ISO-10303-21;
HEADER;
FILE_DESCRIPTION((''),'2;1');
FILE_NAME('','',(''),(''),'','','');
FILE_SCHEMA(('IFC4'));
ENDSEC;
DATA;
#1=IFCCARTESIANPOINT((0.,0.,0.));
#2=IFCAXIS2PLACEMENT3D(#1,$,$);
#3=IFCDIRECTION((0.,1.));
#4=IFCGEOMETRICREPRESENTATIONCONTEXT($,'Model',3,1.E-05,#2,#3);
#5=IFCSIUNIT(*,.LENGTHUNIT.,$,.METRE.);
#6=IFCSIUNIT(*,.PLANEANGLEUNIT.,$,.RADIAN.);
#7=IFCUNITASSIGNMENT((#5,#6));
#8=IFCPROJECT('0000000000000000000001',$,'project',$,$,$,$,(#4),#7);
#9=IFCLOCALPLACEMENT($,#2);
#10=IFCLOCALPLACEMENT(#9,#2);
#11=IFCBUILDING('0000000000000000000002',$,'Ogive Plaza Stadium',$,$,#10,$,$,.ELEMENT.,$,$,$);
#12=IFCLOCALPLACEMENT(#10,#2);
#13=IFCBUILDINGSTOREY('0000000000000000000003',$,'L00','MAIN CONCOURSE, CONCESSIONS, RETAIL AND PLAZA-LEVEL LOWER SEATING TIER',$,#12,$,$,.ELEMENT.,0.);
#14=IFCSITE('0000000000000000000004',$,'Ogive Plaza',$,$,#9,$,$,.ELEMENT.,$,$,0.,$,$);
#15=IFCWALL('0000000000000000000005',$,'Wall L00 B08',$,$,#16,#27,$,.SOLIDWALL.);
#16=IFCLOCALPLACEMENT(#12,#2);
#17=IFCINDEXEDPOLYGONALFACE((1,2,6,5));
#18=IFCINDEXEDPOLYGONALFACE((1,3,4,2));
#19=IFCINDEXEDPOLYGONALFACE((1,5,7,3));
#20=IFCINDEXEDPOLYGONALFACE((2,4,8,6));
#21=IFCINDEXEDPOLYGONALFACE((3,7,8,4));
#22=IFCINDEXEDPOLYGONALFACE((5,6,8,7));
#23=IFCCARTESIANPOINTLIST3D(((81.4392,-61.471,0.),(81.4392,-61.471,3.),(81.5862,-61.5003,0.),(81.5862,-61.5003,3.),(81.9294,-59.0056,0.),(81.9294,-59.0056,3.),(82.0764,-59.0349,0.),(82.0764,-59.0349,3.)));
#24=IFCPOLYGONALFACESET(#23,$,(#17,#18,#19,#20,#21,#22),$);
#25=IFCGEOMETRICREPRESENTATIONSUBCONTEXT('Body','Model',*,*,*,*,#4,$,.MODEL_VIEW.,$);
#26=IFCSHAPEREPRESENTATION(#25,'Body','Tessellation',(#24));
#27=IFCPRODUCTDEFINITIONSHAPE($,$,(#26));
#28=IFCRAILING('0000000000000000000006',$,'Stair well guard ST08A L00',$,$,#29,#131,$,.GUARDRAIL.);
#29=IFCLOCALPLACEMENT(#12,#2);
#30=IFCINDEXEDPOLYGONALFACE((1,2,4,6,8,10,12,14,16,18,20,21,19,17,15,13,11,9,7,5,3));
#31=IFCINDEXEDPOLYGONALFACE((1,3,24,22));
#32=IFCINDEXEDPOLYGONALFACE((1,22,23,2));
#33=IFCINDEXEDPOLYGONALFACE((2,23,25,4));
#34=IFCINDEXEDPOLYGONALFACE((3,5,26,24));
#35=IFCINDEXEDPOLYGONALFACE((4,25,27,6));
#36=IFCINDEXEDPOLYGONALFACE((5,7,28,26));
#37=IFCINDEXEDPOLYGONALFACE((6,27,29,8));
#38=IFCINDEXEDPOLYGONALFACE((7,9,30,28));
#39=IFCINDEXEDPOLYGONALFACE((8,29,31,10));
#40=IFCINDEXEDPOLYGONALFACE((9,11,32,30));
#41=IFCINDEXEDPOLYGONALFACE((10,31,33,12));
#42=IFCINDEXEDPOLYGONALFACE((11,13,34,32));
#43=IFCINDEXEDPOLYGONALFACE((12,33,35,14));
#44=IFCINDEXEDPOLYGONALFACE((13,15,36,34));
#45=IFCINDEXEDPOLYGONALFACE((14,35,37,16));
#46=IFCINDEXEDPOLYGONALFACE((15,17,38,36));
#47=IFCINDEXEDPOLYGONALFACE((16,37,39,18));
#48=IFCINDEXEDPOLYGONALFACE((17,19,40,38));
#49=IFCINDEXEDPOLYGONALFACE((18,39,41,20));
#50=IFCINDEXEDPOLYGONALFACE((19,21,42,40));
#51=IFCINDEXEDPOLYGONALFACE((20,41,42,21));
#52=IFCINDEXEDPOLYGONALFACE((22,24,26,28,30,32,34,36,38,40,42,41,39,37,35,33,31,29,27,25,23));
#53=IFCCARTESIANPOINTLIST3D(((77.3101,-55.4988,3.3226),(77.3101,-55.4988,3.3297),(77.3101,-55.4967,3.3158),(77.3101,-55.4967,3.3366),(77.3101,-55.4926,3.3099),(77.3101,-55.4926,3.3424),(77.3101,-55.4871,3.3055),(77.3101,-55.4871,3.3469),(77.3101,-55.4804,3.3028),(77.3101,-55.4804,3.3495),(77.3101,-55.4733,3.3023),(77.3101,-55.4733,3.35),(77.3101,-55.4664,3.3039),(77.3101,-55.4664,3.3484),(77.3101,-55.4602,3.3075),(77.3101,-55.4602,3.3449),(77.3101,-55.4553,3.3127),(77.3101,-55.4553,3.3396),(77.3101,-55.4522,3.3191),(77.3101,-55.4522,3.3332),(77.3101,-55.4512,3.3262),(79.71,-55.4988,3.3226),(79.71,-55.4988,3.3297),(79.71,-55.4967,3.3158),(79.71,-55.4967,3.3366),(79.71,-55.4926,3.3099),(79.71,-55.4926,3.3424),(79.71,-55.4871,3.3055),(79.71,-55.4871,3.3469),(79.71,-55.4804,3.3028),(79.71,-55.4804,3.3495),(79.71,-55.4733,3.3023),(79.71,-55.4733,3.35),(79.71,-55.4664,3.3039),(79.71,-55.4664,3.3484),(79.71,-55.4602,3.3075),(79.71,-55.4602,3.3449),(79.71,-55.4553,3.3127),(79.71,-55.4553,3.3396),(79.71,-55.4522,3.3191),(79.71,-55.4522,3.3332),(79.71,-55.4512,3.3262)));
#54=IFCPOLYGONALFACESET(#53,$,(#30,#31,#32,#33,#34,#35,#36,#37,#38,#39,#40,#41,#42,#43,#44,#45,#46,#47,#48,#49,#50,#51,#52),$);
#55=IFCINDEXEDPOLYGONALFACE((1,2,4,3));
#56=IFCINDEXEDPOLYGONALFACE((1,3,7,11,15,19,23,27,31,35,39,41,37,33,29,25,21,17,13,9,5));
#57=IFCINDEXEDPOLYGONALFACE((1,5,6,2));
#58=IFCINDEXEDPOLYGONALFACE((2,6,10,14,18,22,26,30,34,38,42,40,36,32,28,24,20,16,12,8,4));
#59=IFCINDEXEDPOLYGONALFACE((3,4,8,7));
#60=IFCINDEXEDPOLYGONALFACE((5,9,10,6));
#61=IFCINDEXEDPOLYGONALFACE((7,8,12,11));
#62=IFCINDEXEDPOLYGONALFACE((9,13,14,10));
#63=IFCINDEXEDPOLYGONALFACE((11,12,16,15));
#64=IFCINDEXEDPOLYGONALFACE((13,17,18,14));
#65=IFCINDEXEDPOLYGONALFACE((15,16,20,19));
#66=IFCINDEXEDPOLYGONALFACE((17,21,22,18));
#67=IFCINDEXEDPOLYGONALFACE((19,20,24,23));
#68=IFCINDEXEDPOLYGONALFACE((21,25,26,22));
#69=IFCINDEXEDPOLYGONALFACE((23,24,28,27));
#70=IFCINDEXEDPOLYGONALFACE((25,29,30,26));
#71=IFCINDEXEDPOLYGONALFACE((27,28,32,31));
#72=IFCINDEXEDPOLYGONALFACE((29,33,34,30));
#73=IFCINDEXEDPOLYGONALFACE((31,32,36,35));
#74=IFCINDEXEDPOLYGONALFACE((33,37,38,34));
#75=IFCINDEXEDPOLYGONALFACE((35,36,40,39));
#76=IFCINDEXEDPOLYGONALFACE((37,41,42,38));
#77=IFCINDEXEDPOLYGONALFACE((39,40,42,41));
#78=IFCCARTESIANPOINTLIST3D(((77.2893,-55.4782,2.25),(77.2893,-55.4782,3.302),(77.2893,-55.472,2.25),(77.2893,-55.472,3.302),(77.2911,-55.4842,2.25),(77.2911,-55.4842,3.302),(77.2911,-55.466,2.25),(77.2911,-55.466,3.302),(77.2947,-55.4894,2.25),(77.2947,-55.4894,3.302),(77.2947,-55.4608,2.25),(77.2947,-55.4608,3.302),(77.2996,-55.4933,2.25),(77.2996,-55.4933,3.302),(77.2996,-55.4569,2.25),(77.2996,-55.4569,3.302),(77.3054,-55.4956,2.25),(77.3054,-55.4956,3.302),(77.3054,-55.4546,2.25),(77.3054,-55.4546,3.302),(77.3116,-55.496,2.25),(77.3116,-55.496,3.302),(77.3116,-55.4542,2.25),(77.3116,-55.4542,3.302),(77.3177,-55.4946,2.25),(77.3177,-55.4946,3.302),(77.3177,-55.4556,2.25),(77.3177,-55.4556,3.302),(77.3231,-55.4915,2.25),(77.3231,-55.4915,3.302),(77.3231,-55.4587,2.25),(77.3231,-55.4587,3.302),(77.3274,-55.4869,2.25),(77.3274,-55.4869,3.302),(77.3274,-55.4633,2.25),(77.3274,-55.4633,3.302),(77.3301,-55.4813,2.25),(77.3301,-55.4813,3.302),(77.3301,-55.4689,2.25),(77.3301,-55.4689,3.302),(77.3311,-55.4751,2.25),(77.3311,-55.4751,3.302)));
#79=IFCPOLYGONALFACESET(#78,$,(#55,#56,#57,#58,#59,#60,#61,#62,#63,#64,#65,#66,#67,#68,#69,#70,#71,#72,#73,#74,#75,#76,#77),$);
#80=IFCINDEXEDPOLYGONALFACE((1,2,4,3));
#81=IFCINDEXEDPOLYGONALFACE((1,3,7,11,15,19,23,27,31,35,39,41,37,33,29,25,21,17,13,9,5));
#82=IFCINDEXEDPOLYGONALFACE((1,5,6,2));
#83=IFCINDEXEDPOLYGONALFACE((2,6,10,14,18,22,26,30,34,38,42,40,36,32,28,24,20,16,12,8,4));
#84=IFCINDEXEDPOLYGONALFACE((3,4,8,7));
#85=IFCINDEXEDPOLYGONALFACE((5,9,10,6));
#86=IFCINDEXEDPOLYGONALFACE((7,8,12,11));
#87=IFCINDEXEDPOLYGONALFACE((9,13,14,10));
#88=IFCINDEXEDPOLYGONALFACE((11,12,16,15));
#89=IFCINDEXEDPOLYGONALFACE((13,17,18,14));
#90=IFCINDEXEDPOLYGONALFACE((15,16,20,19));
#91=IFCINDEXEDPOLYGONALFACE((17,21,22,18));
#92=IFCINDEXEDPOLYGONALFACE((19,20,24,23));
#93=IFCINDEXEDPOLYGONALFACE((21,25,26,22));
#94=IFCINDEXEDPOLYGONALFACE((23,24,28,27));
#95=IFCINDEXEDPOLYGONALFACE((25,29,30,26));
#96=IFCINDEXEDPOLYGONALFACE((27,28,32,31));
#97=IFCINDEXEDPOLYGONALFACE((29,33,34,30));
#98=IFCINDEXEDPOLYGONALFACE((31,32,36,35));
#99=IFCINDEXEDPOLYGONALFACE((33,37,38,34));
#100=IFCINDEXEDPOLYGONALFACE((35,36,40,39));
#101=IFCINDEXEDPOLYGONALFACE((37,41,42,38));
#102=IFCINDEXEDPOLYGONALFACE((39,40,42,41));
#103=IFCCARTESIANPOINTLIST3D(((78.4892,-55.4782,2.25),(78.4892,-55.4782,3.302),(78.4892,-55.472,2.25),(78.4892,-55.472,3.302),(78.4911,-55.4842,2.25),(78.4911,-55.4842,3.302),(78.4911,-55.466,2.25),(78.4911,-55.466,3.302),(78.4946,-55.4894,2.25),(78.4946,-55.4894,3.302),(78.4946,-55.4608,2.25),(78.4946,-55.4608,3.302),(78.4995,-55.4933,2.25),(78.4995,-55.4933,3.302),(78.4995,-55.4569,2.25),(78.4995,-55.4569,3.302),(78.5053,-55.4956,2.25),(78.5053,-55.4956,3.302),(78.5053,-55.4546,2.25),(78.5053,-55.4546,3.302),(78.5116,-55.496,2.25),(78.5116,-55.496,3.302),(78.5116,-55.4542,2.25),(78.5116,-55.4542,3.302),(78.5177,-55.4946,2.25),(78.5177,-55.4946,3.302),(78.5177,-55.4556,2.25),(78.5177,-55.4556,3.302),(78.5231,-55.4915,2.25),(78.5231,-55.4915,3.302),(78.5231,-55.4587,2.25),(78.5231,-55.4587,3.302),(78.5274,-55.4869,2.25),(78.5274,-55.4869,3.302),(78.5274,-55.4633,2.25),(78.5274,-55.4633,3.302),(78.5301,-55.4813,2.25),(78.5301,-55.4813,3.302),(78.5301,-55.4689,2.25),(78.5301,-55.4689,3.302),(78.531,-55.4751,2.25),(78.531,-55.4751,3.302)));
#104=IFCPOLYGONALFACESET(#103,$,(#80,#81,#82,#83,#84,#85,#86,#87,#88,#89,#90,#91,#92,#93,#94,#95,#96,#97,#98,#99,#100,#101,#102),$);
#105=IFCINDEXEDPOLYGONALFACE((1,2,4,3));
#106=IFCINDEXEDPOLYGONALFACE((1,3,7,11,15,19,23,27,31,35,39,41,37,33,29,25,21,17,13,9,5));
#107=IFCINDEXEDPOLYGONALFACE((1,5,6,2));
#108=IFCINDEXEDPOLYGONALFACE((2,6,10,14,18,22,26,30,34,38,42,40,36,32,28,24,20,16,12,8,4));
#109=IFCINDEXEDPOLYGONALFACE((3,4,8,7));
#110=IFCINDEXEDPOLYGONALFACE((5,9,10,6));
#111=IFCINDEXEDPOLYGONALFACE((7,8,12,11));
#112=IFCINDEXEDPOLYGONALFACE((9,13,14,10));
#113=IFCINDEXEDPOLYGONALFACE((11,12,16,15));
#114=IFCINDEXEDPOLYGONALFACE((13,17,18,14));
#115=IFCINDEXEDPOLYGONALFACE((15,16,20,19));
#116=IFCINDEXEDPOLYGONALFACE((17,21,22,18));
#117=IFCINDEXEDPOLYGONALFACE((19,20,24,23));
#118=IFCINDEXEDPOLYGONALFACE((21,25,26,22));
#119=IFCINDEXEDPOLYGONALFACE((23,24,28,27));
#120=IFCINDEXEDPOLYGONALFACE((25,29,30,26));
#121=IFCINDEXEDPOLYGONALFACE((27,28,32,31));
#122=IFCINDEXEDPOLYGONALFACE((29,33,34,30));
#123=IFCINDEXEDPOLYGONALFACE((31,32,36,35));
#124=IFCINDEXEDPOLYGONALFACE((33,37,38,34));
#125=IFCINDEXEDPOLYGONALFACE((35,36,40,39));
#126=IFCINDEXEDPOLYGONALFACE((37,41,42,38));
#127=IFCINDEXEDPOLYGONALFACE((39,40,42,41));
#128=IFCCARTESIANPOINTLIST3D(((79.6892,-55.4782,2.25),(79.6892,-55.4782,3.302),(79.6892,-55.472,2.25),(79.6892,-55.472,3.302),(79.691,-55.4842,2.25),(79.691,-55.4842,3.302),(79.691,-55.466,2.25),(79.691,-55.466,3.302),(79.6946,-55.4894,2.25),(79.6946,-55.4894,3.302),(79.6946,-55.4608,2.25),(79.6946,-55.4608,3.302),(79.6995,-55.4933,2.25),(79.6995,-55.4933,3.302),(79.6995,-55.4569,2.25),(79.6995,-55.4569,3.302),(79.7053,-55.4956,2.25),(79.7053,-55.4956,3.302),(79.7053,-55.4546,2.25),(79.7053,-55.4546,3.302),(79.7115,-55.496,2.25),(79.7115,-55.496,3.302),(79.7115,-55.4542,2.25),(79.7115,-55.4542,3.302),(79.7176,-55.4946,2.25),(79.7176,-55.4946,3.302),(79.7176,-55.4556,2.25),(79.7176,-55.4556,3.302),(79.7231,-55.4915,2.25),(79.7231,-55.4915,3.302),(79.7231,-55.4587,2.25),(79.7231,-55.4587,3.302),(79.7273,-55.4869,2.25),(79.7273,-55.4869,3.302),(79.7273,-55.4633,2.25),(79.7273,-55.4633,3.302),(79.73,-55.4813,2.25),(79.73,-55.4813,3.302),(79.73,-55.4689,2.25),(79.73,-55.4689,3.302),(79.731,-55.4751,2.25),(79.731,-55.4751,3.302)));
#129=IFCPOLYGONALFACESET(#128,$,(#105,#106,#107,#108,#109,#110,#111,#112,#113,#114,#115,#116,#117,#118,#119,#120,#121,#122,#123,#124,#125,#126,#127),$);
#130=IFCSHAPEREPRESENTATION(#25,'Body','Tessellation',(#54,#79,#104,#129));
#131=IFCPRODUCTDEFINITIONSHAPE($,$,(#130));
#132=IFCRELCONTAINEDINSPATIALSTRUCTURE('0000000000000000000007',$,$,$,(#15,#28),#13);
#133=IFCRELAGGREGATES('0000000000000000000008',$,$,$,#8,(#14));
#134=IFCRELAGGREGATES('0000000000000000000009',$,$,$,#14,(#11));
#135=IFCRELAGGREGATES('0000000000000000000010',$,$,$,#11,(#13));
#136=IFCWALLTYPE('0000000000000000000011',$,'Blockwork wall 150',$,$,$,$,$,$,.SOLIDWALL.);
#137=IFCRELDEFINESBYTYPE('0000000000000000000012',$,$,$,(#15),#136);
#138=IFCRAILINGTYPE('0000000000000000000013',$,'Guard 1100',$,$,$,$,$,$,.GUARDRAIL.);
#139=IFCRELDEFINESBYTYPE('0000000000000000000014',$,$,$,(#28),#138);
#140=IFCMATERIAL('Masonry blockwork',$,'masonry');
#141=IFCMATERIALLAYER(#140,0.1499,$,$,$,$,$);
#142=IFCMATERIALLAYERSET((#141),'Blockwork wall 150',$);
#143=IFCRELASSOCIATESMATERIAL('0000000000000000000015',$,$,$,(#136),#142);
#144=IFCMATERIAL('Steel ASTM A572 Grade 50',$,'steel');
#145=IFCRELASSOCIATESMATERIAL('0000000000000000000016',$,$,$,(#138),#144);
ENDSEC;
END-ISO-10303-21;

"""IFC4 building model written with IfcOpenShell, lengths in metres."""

from ifc_helpers import new_model, si_unit, direction, frame, frame_2d, origin, origin_2d, place, context, subcontext, project, spatial, rectangle, circle, extrude, material, layer, layer_set, type_object, element, save


model = new_model("IFC4")

# Units and contexts
model_context = context("Model", 3, precision=1e-05, world=origin(), true_north=direction((0.0, 1.0)))
body_context = subcontext(model_context, "Body", "Model", "MODEL_VIEW")
ifc_project = project(units=[si_unit("LENGTHUNIT", "METRE"), si_unit("PLANEANGLEUNIT", "RADIAN")], contexts=[model_context])

# Site, building, storey
site_placement = place(None, origin())
site = spatial("IfcSite", under=ifc_project, at=site_placement, Name="Ogive Plaza", CompositionType="ELEMENT", RefElevation=0.0)
building_placement = place(site_placement, origin())
building = spatial("IfcBuilding", under=site, at=building_placement, Name="Ogive Plaza Stadium", CompositionType="ELEMENT")
storey_placement = place(building_placement, origin())
storey = spatial("IfcBuildingStorey", under=building, at=storey_placement, Name="L00", Description="MAIN CONCOURSE, CONCESSIONS, RETAIL AND PLAZA-LEVEL LOWER SEATING TIER", CompositionType="ELEMENT", Elevation=0.0)

# Wall
ifc_material_1 = material(Name="Masonry blockwork", Category="masonry")
ifc_layer = layer(ifc_material_1, 0.1499)
ifc_layer_set = layer_set([ifc_layer], Name="Blockwork wall 150")
wall_type = type_object("IfcWallType", Name="Blockwork wall 150", PredefinedType="SOLIDWALL", material=ifc_layer_set)
wall_placement = place(storey_placement, frame((82.0029, -59.0203, 0.0), z_axis=(0.0, 0.0, 1.0), x_axis=(-0.195033, -0.980797, 0.0)))
element("IfcWall", 1, at=wall_placement, inside=storey, type_object=wall_type, Name="Wall L00 B08", PredefinedType="SOLIDWALL", context=body_context, shape_type="SweptSolid", body=[
    extrude(rectangle(XDim=2.5137, YDim=0.1499, at=frame_2d((1.2568, 0.0))), origin(), (0.0, 0.0, 1.0), 3.0),
])

# Railing
ifc_material_2 = material(Name="Steel ASTM A572 Grade 50", Category="steel")
railing_type_1 = type_object("IfcRailingType", Name="Guard 1100", PredefinedType="GUARDRAIL", material=ifc_material_2)
for number, where, name in (
    (2, (77.3101, -55.4751, 2.25), "Stair well guard ST08A L00"),
):
    element("IfcRailing", number, at=place(storey_placement, frame(where)), inside=storey, type_object=railing_type_1, Name=name, PredefinedType="GUARDRAIL", context=body_context, shape_type="SweptSolid", body=[
        extrude(circle(Radius=0.0239, at=origin_2d()), frame((0.0, 0.0, 1.0762), z_axis=(1.0, 0.0, 0.0), x_axis=(0.0, 1.0, 0.0)), (0.0, 0.0, 1.0), 2.3999),
        extrude(circle(Radius=0.021, at=origin_2d()), origin(), (0.0, 0.0, 1.0), 1.052),
        extrude(circle(Radius=0.021, at=origin_2d()), frame((1.2, 0.0, 0.0)), (0.0, 0.0, 1.0), 1.052),
        extrude(circle(Radius=0.021, at=origin_2d()), frame((2.3999, 0.0, 0.0)), (0.0, 0.0, 1.0), 1.052),
    ])

save(model, "model.ifc")
